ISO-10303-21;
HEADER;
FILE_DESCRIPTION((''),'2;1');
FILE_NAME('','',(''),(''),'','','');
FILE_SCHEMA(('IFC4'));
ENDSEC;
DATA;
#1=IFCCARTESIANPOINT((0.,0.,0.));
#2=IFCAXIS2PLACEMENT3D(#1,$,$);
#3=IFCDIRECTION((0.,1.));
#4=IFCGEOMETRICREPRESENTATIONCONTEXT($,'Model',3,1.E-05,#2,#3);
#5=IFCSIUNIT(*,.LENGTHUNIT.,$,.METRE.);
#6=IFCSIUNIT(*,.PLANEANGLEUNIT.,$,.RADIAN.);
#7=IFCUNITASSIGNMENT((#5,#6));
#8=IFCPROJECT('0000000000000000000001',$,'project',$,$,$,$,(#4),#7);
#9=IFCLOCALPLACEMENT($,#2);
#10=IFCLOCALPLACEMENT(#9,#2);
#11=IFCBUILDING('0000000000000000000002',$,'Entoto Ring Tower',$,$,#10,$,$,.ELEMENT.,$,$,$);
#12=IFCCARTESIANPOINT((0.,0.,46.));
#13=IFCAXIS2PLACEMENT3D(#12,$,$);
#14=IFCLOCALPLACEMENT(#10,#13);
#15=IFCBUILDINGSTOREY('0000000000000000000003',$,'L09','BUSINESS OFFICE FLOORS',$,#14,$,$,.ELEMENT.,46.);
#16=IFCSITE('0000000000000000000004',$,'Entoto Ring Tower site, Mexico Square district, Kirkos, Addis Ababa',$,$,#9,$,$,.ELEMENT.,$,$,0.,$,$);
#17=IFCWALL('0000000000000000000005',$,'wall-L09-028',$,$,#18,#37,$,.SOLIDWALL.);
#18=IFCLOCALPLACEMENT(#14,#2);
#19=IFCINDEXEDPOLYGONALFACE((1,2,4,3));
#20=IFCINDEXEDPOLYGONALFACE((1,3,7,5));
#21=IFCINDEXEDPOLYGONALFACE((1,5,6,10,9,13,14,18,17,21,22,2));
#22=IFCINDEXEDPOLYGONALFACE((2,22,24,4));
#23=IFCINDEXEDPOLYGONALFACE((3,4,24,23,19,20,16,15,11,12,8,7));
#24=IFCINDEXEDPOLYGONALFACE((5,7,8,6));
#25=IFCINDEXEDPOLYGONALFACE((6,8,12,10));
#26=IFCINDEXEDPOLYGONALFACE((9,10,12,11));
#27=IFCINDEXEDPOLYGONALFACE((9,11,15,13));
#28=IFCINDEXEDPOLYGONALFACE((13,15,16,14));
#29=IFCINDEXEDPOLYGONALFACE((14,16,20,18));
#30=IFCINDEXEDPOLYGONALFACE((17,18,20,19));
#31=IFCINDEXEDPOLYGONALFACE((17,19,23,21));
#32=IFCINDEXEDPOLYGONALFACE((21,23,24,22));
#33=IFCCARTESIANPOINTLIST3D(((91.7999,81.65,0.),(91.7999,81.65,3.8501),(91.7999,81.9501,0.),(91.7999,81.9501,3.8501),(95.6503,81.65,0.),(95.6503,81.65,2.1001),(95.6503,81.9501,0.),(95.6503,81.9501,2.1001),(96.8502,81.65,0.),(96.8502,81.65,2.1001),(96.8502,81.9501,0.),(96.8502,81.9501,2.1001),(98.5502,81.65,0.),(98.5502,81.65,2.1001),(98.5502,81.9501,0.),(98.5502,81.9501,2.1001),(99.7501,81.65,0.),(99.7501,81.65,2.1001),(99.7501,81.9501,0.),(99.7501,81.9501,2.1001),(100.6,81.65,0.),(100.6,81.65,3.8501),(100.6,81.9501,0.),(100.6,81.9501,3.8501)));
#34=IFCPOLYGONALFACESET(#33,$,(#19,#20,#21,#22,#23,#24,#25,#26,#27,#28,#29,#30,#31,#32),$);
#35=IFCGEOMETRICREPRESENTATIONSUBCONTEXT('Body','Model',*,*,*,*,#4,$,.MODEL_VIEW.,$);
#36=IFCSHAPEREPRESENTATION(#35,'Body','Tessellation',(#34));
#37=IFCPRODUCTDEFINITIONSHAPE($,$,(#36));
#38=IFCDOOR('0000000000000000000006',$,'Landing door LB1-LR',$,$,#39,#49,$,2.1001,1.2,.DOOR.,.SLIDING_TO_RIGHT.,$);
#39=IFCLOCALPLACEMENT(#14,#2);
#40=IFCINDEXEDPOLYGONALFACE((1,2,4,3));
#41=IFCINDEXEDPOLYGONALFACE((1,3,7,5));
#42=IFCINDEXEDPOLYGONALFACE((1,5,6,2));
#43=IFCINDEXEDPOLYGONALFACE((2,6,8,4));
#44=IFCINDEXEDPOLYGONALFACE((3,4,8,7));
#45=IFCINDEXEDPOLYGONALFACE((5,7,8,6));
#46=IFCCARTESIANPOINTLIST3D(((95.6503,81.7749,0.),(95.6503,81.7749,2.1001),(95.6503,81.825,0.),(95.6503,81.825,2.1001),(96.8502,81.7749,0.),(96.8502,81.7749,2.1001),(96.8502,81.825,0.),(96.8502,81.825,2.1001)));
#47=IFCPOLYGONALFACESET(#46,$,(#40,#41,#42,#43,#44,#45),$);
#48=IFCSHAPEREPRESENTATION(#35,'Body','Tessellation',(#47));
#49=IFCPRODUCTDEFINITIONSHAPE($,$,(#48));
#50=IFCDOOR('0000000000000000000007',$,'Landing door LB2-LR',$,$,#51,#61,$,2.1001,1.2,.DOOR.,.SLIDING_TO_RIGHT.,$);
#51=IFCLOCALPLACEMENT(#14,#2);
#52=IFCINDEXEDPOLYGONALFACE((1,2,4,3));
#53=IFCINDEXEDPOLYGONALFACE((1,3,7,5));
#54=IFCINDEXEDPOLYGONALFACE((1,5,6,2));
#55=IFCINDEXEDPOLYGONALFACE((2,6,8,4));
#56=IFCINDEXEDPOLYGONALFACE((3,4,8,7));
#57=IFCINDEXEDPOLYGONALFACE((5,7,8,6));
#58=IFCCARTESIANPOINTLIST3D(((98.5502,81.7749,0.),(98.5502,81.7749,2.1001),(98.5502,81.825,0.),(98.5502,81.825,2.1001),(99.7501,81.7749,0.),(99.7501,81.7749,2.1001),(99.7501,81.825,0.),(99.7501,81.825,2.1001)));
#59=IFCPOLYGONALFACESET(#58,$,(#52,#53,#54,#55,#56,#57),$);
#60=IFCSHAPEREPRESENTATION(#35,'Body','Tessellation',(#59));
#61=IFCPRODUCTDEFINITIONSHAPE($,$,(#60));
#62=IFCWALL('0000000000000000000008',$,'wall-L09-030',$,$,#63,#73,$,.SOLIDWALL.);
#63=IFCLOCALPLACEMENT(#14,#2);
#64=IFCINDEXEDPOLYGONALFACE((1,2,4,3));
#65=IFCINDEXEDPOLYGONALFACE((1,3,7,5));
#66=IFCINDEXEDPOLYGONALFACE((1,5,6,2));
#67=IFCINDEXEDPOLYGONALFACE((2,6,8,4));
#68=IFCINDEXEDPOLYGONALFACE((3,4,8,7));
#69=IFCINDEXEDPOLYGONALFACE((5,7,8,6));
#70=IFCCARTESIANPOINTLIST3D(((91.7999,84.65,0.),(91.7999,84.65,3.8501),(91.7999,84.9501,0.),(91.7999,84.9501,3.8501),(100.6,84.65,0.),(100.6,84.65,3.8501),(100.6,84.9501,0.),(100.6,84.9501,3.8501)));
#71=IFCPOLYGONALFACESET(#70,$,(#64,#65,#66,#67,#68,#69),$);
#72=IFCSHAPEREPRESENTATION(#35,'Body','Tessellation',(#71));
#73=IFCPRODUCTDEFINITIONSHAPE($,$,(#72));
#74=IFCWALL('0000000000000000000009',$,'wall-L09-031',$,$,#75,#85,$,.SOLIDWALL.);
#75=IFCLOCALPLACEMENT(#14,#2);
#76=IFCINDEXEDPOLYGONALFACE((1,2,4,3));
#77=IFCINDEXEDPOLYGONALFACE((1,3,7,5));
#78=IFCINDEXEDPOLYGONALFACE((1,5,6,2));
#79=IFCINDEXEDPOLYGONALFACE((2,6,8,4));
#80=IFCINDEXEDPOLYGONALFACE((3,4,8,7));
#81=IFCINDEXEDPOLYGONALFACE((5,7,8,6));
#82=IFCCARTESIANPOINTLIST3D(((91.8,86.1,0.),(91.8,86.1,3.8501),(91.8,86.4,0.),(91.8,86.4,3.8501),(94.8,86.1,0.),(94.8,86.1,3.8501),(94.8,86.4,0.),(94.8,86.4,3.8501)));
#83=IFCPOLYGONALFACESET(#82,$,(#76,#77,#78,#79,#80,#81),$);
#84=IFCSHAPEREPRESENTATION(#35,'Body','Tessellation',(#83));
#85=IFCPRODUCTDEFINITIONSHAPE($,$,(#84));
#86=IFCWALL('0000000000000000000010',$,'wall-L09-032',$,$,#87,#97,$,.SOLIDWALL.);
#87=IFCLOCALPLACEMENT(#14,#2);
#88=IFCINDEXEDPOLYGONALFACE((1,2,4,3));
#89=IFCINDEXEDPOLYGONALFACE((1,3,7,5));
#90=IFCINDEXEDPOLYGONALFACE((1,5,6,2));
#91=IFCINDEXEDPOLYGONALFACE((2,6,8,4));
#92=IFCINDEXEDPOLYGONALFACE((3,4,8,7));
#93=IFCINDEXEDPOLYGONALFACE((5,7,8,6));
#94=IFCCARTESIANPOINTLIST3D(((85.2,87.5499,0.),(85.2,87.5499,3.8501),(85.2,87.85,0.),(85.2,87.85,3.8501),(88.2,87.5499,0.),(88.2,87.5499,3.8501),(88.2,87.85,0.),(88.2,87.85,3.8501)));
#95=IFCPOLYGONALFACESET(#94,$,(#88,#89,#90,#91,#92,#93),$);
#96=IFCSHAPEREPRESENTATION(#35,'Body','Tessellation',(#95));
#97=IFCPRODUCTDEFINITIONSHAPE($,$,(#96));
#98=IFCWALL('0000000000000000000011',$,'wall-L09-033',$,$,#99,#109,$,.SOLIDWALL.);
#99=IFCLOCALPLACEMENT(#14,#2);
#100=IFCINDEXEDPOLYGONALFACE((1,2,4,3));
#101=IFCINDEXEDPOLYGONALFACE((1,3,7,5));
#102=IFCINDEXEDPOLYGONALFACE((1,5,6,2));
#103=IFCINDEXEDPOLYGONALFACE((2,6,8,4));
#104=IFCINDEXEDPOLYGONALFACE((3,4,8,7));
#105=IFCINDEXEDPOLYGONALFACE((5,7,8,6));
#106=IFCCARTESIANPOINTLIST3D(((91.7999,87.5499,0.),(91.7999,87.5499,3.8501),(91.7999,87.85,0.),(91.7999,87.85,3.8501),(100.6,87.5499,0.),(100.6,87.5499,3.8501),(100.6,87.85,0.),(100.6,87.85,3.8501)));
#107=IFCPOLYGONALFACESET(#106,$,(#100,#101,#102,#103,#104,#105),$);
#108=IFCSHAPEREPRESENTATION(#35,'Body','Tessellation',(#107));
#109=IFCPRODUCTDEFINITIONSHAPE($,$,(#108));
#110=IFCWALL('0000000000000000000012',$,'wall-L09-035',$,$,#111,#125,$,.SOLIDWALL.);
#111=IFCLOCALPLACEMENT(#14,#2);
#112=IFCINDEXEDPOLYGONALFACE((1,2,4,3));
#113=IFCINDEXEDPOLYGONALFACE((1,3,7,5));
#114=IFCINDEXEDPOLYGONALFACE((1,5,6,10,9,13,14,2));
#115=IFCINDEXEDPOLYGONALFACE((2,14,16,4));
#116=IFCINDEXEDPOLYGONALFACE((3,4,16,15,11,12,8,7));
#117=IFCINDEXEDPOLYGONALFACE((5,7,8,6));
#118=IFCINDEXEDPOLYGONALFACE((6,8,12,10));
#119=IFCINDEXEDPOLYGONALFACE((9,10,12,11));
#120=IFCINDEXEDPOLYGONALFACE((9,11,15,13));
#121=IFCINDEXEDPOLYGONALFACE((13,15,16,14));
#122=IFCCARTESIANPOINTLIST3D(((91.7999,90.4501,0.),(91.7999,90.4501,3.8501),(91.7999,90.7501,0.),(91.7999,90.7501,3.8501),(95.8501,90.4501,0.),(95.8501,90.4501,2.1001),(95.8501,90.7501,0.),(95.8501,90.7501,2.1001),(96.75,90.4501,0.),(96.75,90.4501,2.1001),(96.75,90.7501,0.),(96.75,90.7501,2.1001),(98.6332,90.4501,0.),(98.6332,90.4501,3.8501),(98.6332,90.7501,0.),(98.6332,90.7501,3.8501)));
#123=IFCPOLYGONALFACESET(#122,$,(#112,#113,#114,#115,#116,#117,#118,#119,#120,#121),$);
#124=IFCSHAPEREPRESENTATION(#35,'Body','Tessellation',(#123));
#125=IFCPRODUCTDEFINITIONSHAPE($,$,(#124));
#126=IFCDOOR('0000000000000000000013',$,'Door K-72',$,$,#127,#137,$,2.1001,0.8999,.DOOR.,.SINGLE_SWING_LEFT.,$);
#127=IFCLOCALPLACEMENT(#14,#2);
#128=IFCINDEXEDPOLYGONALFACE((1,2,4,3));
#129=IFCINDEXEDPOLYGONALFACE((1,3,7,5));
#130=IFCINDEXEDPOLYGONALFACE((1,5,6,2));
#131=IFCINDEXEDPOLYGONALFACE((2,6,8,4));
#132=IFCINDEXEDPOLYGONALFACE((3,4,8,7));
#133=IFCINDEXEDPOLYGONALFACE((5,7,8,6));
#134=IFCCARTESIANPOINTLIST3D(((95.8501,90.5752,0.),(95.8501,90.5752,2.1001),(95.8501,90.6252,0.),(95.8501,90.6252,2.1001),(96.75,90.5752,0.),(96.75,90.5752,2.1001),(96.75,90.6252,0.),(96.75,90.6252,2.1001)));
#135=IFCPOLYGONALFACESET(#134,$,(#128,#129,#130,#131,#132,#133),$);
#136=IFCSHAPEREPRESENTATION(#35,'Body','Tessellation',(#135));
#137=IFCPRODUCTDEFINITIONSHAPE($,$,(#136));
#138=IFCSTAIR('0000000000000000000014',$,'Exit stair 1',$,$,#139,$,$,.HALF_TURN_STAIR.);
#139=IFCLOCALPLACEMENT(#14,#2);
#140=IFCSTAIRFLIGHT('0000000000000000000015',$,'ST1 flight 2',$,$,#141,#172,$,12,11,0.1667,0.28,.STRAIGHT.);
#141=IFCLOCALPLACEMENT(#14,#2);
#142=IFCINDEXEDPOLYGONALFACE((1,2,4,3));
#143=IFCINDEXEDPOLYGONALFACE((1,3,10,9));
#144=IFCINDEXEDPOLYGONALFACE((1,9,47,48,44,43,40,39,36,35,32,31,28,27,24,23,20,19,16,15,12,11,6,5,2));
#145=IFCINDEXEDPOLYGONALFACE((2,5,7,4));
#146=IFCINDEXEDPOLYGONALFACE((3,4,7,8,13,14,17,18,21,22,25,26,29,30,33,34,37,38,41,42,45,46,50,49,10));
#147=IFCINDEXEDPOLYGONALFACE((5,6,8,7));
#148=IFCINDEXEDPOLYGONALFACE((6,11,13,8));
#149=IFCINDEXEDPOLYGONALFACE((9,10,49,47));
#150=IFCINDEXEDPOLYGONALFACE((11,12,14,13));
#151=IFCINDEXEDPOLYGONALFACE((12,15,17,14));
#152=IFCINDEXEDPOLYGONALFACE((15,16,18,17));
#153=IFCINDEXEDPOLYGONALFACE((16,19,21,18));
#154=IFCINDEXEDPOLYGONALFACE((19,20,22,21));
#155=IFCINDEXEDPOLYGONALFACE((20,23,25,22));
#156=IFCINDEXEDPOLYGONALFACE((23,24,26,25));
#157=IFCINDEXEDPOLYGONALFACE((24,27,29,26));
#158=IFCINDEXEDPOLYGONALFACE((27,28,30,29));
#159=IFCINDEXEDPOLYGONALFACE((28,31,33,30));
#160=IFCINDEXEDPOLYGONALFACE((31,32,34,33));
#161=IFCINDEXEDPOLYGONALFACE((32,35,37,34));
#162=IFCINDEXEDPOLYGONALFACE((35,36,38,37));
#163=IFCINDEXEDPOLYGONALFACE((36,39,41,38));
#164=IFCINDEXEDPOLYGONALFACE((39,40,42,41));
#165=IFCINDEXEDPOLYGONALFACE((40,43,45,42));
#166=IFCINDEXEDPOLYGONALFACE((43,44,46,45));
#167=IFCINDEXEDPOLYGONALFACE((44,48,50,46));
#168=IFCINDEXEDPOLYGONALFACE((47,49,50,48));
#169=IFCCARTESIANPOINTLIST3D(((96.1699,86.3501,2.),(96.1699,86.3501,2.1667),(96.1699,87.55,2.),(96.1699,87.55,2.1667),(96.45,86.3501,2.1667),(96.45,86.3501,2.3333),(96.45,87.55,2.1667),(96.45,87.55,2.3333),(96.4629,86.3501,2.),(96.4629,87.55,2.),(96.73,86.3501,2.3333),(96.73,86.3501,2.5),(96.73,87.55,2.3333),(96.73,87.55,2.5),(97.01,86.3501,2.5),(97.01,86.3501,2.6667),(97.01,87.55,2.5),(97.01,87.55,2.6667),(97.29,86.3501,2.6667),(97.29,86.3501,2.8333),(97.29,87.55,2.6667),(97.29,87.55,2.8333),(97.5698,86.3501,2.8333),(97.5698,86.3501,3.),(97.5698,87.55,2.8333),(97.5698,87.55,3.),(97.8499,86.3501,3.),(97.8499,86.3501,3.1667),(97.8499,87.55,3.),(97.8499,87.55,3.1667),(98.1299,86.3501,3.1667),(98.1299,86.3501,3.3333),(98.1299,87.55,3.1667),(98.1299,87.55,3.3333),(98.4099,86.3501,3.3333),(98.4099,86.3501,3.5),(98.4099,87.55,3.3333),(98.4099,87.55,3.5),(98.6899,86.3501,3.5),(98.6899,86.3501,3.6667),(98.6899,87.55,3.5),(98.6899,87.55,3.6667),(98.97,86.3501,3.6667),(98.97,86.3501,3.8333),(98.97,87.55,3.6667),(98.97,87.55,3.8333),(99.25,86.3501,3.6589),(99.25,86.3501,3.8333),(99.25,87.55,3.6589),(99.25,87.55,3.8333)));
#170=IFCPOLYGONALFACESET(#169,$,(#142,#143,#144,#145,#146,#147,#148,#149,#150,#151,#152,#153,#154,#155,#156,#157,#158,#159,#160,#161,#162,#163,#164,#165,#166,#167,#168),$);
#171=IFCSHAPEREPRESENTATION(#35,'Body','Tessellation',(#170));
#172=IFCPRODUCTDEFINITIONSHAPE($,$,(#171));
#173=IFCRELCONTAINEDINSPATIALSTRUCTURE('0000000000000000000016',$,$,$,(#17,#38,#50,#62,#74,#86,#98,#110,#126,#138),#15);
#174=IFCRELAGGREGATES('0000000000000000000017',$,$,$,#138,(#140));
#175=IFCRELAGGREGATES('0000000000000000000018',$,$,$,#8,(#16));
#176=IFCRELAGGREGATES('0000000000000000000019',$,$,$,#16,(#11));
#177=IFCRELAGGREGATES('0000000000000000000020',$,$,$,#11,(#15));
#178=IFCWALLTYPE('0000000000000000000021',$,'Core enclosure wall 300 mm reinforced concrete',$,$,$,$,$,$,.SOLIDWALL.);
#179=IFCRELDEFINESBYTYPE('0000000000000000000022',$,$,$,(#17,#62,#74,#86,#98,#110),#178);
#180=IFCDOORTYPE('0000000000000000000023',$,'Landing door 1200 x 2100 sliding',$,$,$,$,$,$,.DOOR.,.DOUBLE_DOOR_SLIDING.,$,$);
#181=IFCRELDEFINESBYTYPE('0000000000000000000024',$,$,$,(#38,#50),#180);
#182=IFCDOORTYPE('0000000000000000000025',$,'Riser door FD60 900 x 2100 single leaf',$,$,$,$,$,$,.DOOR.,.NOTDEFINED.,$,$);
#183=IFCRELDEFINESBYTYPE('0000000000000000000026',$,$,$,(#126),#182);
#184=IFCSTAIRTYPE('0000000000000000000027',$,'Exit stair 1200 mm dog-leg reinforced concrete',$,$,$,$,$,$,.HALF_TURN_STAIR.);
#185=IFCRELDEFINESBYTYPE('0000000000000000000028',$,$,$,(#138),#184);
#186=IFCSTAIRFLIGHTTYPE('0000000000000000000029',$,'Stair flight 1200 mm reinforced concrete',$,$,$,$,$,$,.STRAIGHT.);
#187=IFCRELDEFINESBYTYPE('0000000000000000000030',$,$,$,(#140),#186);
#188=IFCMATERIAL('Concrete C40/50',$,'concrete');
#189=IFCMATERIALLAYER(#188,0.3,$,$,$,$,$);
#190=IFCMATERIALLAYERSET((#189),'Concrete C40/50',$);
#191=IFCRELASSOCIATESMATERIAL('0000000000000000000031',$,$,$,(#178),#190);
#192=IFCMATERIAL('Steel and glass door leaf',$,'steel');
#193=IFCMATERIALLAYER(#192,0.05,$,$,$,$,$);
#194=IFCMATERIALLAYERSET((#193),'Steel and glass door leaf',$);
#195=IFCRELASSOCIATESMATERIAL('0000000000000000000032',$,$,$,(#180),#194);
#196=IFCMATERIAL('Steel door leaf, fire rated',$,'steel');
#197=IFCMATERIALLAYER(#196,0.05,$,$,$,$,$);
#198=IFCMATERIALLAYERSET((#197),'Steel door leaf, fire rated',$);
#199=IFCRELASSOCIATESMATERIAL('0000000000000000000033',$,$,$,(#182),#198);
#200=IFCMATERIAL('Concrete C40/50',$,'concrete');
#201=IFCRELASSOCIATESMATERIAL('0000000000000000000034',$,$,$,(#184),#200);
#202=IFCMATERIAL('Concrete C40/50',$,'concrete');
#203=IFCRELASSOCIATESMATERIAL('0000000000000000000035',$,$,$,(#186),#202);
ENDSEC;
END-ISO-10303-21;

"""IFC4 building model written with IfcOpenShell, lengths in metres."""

from ifc_helpers import new_model, si_unit, direction, frame, frame_2d, origin, place, context, subcontext, project, spatial, polyline, rectangle, outline, extrude, material, layer, layer_set, type_object, element, fill, aggregate, save


model = new_model("IFC4")

# Units and contexts
model_context = context("Model", 3, precision=1e-05, world=origin(), true_north=direction((0.0, 1.0)))
body_context = subcontext(model_context, "Body", "Model", "MODEL_VIEW")
ifc_project = project(units=[si_unit("LENGTHUNIT", "METRE"), si_unit("PLANEANGLEUNIT", "RADIAN")], contexts=[model_context])

# Site, building, storey
site_placement = place(None, origin())
site = spatial("IfcSite", under=ifc_project, at=site_placement, Name="Entoto Ring Tower site, Mexico Square district, Kirkos, Addis Ababa", CompositionType="ELEMENT", RefElevation=0.0)
building_placement = place(site_placement, origin())
building = spatial("IfcBuilding", under=site, at=building_placement, Name="Entoto Ring Tower", CompositionType="ELEMENT")
storey_placement = place(building_placement, frame((0.0, 0.0, 46.0)))
storey = spatial("IfcBuildingStorey", under=building, at=storey_placement, Name="L09", Description="BUSINESS OFFICE FLOORS", CompositionType="ELEMENT", Elevation=46.0)

# Shared definitions
ifc_material_1 = material(Name="Concrete C40/50", Category="concrete")
ifc_layer_1 = layer(ifc_material_1, 0.3)
ifc_layer_set_1 = layer_set([ifc_layer_1], Name="Concrete C40/50")
wall_type = type_object("IfcWallType", Name="Core enclosure wall 300 mm reinforced concrete", PredefinedType="SOLIDWALL", material=ifc_layer_set_1)

# Wall, openings, doors
ifc_material_2 = material(Name="Steel and glass door leaf", Category="steel")
ifc_layer_2 = layer(ifc_material_2, 0.05)
ifc_layer_set_2 = layer_set([ifc_layer_2], Name="Steel and glass door leaf")
door_type_1 = type_object("IfcDoorType", Name="Landing door 1200 x 2100 sliding", OperationType="DOUBLE_DOOR_SLIDING", PredefinedType="DOOR", material=ifc_layer_set_2)
wall_1_placement = place(storey_placement, frame((91.8, 81.8, 0.0), z_axis=(0.0, 0.0, 1.0), x_axis=(1.0, 0.0, 0.0)))
wall_1 = element("IfcWall", 1, at=wall_1_placement, inside=storey, type_object=wall_type, Name="wall-L09-028", PredefinedType="SOLIDWALL", context=body_context, shape_type="SweptSolid", body=[
    extrude(rectangle(XDim=8.8, YDim=0.3, at=frame_2d((4.3999, 0.0))), origin(), (0.0, 0.0, 1.0), 3.8501),
])
opening_1_placement = place(wall_1_placement, frame((3.8501, 0.0, 0.0)))
opening_1 = element("IfcOpeningElement", 2, at=opening_1_placement, cuts=wall_1, PredefinedType="OPENING", context=body_context, shape_type="SweptSolid", body=[
    extrude(rectangle(XDim=1.2, YDim=2.1001, at=frame_2d((0.6001, 1.05))), frame((0.0, 0.1602, 0.0), z_axis=(0.0, -1.0, 0.0), x_axis=(1.0, 0.0, 0.0)), (0.0, 0.0, 1.0), 0.3201),
])
opening_2_placement = place(wall_1_placement, frame((6.75, 0.0, 0.0)))
opening_2 = element("IfcOpeningElement", 3, at=opening_2_placement, cuts=wall_1, PredefinedType="OPENING", context=body_context, shape_type="SweptSolid", body=[
    extrude(rectangle(XDim=1.2, YDim=2.1001, at=frame_2d((0.6001, 1.05))), frame((0.0, 0.1602, 0.0), z_axis=(0.0, -1.0, 0.0), x_axis=(1.0, 0.0, 0.0)), (0.0, 0.0, 1.0), 0.3201),
])
door_1_placement = place(opening_1_placement, origin())
door_1 = element("IfcDoor", 4, at=door_1_placement, inside=storey, type_object=door_type_1, Name="Landing door LB1-LR", OperationType="SLIDING_TO_RIGHT", OverallHeight=2.1001, OverallWidth=1.2, PredefinedType="DOOR", context=body_context, shape_type="SweptSolid", body=[
    extrude(rectangle(XDim=1.2, YDim=2.1001, at=frame_2d((0.6001, 1.05))), frame((0.0, 0.0249, 0.0), z_axis=(0.0, -1.0, 0.0), x_axis=(1.0, 0.0, 0.0)), (0.0, 0.0, 1.0), 0.05),
])
fill(opening_1, door_1)
door_2_placement = place(opening_2_placement, origin())
door_2 = element("IfcDoor", 5, at=door_2_placement, inside=storey, type_object=door_type_1, Name="Landing door LB2-LR", OperationType="SLIDING_TO_RIGHT", OverallHeight=2.1001, OverallWidth=1.2, PredefinedType="DOOR", context=body_context, shape_type="SweptSolid", body=[
    extrude(rectangle(XDim=1.2, YDim=2.1001, at=frame_2d((0.6001, 1.05))), frame((0.0, 0.0249, 0.0), z_axis=(0.0, -1.0, 0.0), x_axis=(1.0, 0.0, 0.0)), (0.0, 0.0, 1.0), 0.05),
])
fill(opening_2, door_2)

# Walls
wall_2_placement = place(storey_placement, frame((91.8, 84.8, 0.0), z_axis=(0.0, 0.0, 1.0), x_axis=(1.0, 0.0, 0.0)))
element("IfcWall", 6, at=wall_2_placement, inside=storey, type_object=wall_type, Name="wall-L09-030", PredefinedType="SOLIDWALL", context=body_context, shape_type="SweptSolid", body=[
    extrude(rectangle(XDim=8.8, YDim=0.3, at=frame_2d((4.3999, 0.0))), origin(), (0.0, 0.0, 1.0), 3.8501),
])
for number, where, z_axis, x_axis, name in (
    (7, (91.8, 86.25, 0.0), (0.0, 0.0, 1.0), (1.0, 0.0, 0.0), "wall-L09-031"),
    (8, (85.2, 87.7, 0.0), (0.0, 0.0, 1.0), (1.0, 0.0, 0.0), "wall-L09-032"),
):
    element("IfcWall", number, at=place(storey_placement, frame(where, z_axis=z_axis, x_axis=x_axis)), inside=storey, type_object=wall_type, Name=name, PredefinedType="SOLIDWALL", context=body_context, shape_type="SweptSolid", body=[
        extrude(rectangle(XDim=3.0, YDim=0.3, at=frame_2d((1.5, 0.0))), origin(), (0.0, 0.0, 1.0), 3.8501),
    ])
wall_3_placement = place(storey_placement, frame((91.8, 87.7, 0.0), z_axis=(0.0, 0.0, 1.0), x_axis=(1.0, 0.0, 0.0)))
element("IfcWall", 9, at=wall_3_placement, inside=storey, type_object=wall_type, Name="wall-L09-033", PredefinedType="SOLIDWALL", context=body_context, shape_type="SweptSolid", body=[
    extrude(rectangle(XDim=8.8, YDim=0.3, at=frame_2d((4.3999, 0.0))), origin(), (0.0, 0.0, 1.0), 3.8501),
])

# Wall, opening, door
wall_4_placement = place(storey_placement, frame((91.8, 90.6001, 0.0), z_axis=(0.0, 0.0, 1.0), x_axis=(1.0, 0.0, 0.0)))
wall_4 = element("IfcWall", 10, at=wall_4_placement, inside=storey, type_object=wall_type, Name="wall-L09-035", PredefinedType="SOLIDWALL", context=body_context, shape_type="SweptSolid", body=[
    extrude(rectangle(XDim=6.8333, YDim=0.3, at=frame_2d((3.4165, 0.0))), origin(), (0.0, 0.0, 1.0), 3.8501),
])
opening_3_placement = place(wall_4_placement, frame((4.05, 0.0, 0.0)))
opening_3 = element("IfcOpeningElement", 11, at=opening_3_placement, cuts=wall_4, PredefinedType="OPENING", context=body_context, shape_type="SweptSolid", body=[
    extrude(rectangle(XDim=0.8999, YDim=2.1001, at=frame_2d((0.45, 1.05))), frame((0.0, 0.1602, 0.0), z_axis=(0.0, -1.0, 0.0), x_axis=(1.0, 0.0, 0.0)), (0.0, 0.0, 1.0), 0.3201),
])
ifc_material_3 = material(Name="Steel door leaf, fire rated", Category="steel")
ifc_layer_3 = layer(ifc_material_3, 0.05)
ifc_layer_set_3 = layer_set([ifc_layer_3], Name="Steel door leaf, fire rated")
door_type_2 = type_object("IfcDoorType", Name="Riser door FD60 900 x 2100 single leaf", OperationType="NOTDEFINED", PredefinedType="DOOR", material=ifc_layer_set_3)
door_3_placement = place(opening_3_placement, frame((0.8999, 0.0, 0.0), z_axis=(0.0, 0.0, 1.0), x_axis=(-1.0, 0.0, 0.0)))
door_3 = element("IfcDoor", 12, at=door_3_placement, inside=storey, type_object=door_type_2, Name="Door K-72", OperationType="SINGLE_SWING_LEFT", OverallHeight=2.1001, OverallWidth=0.8999, PredefinedType="DOOR", context=body_context, shape_type="SweptSolid", body=[
    extrude(rectangle(XDim=0.8999, YDim=2.1001, at=frame_2d((0.45, 1.05))), frame((0.0, 0.0249, 0.0), z_axis=(0.0, -1.0, 0.0), x_axis=(1.0, 0.0, 0.0)), (0.0, 0.0, 1.0), 0.05),
])
fill(opening_3, door_3)

# Stair, stair flight
ifc_material_4 = material(Name="Concrete C40/50", Category="concrete")
stair_type = type_object("IfcStairType", Name="Exit stair 1200 mm dog-leg reinforced concrete", PredefinedType="HALF_TURN_STAIR", material=ifc_material_4)
stair_placement = place(storey_placement, origin())
stair = element("IfcStair", 13, at=stair_placement, inside=storey, type_object=stair_type, Name="Exit stair 1", PredefinedType="HALF_TURN_STAIR")
ifc_material_5 = material(Name="Concrete C40/50", Category="concrete")
stair_flight_type = type_object("IfcStairFlightType", Name="Stair flight 1200 mm reinforced concrete", PredefinedType="STRAIGHT", material=ifc_material_5)
stair_flight_placement = place(storey_placement, frame((96.1699, 86.95, 2.0), z_axis=(0.0, 0.0, 1.0), x_axis=(1.0, 0.0, 0.0)))
stair_flight = element("IfcStairFlight", 14, at=stair_flight_placement, type_object=stair_flight_type, Name="ST1 flight 2", NumberOfRisers=12, NumberOfTreads=11, PredefinedType="STRAIGHT", RiserHeight=0.1667, TreadLength=0.28, context=body_context, shape_type="SweptSolid", body=[
    extrude(outline(polyline([(0.0, 0.0), (0.0, 0.1667), (0.28, 0.1667), (0.28, 0.3333), (0.5601, 0.3333), (0.5601, 0.5), (0.8401, 0.5), (0.8401, 0.6667), (1.1201, 0.6667), (1.1201, 0.8333), (1.3999, 0.8333), (1.3999, 1.0), (1.6799, 1.0), (1.6799, 1.1667), (1.96, 1.1667), (1.96, 1.3333), (2.24, 1.3333), (2.24, 1.5), (2.52, 1.5), (2.52, 1.6667), (2.8, 1.6667), (2.8, 1.8333), (3.0801, 1.8333), (3.0801, 2.0), (3.0801, 1.6589), (0.293, 0.0), (0.0, 0.0)])), frame((0.0, 0.6001, 0.0), z_axis=(0.0, -1.0, 0.0), x_axis=(1.0, 0.0, 0.0)), (0.0, 0.0, 1.0), 1.2),
])
aggregate(stair, [stair_flight])

save(model, "model.ifc")
